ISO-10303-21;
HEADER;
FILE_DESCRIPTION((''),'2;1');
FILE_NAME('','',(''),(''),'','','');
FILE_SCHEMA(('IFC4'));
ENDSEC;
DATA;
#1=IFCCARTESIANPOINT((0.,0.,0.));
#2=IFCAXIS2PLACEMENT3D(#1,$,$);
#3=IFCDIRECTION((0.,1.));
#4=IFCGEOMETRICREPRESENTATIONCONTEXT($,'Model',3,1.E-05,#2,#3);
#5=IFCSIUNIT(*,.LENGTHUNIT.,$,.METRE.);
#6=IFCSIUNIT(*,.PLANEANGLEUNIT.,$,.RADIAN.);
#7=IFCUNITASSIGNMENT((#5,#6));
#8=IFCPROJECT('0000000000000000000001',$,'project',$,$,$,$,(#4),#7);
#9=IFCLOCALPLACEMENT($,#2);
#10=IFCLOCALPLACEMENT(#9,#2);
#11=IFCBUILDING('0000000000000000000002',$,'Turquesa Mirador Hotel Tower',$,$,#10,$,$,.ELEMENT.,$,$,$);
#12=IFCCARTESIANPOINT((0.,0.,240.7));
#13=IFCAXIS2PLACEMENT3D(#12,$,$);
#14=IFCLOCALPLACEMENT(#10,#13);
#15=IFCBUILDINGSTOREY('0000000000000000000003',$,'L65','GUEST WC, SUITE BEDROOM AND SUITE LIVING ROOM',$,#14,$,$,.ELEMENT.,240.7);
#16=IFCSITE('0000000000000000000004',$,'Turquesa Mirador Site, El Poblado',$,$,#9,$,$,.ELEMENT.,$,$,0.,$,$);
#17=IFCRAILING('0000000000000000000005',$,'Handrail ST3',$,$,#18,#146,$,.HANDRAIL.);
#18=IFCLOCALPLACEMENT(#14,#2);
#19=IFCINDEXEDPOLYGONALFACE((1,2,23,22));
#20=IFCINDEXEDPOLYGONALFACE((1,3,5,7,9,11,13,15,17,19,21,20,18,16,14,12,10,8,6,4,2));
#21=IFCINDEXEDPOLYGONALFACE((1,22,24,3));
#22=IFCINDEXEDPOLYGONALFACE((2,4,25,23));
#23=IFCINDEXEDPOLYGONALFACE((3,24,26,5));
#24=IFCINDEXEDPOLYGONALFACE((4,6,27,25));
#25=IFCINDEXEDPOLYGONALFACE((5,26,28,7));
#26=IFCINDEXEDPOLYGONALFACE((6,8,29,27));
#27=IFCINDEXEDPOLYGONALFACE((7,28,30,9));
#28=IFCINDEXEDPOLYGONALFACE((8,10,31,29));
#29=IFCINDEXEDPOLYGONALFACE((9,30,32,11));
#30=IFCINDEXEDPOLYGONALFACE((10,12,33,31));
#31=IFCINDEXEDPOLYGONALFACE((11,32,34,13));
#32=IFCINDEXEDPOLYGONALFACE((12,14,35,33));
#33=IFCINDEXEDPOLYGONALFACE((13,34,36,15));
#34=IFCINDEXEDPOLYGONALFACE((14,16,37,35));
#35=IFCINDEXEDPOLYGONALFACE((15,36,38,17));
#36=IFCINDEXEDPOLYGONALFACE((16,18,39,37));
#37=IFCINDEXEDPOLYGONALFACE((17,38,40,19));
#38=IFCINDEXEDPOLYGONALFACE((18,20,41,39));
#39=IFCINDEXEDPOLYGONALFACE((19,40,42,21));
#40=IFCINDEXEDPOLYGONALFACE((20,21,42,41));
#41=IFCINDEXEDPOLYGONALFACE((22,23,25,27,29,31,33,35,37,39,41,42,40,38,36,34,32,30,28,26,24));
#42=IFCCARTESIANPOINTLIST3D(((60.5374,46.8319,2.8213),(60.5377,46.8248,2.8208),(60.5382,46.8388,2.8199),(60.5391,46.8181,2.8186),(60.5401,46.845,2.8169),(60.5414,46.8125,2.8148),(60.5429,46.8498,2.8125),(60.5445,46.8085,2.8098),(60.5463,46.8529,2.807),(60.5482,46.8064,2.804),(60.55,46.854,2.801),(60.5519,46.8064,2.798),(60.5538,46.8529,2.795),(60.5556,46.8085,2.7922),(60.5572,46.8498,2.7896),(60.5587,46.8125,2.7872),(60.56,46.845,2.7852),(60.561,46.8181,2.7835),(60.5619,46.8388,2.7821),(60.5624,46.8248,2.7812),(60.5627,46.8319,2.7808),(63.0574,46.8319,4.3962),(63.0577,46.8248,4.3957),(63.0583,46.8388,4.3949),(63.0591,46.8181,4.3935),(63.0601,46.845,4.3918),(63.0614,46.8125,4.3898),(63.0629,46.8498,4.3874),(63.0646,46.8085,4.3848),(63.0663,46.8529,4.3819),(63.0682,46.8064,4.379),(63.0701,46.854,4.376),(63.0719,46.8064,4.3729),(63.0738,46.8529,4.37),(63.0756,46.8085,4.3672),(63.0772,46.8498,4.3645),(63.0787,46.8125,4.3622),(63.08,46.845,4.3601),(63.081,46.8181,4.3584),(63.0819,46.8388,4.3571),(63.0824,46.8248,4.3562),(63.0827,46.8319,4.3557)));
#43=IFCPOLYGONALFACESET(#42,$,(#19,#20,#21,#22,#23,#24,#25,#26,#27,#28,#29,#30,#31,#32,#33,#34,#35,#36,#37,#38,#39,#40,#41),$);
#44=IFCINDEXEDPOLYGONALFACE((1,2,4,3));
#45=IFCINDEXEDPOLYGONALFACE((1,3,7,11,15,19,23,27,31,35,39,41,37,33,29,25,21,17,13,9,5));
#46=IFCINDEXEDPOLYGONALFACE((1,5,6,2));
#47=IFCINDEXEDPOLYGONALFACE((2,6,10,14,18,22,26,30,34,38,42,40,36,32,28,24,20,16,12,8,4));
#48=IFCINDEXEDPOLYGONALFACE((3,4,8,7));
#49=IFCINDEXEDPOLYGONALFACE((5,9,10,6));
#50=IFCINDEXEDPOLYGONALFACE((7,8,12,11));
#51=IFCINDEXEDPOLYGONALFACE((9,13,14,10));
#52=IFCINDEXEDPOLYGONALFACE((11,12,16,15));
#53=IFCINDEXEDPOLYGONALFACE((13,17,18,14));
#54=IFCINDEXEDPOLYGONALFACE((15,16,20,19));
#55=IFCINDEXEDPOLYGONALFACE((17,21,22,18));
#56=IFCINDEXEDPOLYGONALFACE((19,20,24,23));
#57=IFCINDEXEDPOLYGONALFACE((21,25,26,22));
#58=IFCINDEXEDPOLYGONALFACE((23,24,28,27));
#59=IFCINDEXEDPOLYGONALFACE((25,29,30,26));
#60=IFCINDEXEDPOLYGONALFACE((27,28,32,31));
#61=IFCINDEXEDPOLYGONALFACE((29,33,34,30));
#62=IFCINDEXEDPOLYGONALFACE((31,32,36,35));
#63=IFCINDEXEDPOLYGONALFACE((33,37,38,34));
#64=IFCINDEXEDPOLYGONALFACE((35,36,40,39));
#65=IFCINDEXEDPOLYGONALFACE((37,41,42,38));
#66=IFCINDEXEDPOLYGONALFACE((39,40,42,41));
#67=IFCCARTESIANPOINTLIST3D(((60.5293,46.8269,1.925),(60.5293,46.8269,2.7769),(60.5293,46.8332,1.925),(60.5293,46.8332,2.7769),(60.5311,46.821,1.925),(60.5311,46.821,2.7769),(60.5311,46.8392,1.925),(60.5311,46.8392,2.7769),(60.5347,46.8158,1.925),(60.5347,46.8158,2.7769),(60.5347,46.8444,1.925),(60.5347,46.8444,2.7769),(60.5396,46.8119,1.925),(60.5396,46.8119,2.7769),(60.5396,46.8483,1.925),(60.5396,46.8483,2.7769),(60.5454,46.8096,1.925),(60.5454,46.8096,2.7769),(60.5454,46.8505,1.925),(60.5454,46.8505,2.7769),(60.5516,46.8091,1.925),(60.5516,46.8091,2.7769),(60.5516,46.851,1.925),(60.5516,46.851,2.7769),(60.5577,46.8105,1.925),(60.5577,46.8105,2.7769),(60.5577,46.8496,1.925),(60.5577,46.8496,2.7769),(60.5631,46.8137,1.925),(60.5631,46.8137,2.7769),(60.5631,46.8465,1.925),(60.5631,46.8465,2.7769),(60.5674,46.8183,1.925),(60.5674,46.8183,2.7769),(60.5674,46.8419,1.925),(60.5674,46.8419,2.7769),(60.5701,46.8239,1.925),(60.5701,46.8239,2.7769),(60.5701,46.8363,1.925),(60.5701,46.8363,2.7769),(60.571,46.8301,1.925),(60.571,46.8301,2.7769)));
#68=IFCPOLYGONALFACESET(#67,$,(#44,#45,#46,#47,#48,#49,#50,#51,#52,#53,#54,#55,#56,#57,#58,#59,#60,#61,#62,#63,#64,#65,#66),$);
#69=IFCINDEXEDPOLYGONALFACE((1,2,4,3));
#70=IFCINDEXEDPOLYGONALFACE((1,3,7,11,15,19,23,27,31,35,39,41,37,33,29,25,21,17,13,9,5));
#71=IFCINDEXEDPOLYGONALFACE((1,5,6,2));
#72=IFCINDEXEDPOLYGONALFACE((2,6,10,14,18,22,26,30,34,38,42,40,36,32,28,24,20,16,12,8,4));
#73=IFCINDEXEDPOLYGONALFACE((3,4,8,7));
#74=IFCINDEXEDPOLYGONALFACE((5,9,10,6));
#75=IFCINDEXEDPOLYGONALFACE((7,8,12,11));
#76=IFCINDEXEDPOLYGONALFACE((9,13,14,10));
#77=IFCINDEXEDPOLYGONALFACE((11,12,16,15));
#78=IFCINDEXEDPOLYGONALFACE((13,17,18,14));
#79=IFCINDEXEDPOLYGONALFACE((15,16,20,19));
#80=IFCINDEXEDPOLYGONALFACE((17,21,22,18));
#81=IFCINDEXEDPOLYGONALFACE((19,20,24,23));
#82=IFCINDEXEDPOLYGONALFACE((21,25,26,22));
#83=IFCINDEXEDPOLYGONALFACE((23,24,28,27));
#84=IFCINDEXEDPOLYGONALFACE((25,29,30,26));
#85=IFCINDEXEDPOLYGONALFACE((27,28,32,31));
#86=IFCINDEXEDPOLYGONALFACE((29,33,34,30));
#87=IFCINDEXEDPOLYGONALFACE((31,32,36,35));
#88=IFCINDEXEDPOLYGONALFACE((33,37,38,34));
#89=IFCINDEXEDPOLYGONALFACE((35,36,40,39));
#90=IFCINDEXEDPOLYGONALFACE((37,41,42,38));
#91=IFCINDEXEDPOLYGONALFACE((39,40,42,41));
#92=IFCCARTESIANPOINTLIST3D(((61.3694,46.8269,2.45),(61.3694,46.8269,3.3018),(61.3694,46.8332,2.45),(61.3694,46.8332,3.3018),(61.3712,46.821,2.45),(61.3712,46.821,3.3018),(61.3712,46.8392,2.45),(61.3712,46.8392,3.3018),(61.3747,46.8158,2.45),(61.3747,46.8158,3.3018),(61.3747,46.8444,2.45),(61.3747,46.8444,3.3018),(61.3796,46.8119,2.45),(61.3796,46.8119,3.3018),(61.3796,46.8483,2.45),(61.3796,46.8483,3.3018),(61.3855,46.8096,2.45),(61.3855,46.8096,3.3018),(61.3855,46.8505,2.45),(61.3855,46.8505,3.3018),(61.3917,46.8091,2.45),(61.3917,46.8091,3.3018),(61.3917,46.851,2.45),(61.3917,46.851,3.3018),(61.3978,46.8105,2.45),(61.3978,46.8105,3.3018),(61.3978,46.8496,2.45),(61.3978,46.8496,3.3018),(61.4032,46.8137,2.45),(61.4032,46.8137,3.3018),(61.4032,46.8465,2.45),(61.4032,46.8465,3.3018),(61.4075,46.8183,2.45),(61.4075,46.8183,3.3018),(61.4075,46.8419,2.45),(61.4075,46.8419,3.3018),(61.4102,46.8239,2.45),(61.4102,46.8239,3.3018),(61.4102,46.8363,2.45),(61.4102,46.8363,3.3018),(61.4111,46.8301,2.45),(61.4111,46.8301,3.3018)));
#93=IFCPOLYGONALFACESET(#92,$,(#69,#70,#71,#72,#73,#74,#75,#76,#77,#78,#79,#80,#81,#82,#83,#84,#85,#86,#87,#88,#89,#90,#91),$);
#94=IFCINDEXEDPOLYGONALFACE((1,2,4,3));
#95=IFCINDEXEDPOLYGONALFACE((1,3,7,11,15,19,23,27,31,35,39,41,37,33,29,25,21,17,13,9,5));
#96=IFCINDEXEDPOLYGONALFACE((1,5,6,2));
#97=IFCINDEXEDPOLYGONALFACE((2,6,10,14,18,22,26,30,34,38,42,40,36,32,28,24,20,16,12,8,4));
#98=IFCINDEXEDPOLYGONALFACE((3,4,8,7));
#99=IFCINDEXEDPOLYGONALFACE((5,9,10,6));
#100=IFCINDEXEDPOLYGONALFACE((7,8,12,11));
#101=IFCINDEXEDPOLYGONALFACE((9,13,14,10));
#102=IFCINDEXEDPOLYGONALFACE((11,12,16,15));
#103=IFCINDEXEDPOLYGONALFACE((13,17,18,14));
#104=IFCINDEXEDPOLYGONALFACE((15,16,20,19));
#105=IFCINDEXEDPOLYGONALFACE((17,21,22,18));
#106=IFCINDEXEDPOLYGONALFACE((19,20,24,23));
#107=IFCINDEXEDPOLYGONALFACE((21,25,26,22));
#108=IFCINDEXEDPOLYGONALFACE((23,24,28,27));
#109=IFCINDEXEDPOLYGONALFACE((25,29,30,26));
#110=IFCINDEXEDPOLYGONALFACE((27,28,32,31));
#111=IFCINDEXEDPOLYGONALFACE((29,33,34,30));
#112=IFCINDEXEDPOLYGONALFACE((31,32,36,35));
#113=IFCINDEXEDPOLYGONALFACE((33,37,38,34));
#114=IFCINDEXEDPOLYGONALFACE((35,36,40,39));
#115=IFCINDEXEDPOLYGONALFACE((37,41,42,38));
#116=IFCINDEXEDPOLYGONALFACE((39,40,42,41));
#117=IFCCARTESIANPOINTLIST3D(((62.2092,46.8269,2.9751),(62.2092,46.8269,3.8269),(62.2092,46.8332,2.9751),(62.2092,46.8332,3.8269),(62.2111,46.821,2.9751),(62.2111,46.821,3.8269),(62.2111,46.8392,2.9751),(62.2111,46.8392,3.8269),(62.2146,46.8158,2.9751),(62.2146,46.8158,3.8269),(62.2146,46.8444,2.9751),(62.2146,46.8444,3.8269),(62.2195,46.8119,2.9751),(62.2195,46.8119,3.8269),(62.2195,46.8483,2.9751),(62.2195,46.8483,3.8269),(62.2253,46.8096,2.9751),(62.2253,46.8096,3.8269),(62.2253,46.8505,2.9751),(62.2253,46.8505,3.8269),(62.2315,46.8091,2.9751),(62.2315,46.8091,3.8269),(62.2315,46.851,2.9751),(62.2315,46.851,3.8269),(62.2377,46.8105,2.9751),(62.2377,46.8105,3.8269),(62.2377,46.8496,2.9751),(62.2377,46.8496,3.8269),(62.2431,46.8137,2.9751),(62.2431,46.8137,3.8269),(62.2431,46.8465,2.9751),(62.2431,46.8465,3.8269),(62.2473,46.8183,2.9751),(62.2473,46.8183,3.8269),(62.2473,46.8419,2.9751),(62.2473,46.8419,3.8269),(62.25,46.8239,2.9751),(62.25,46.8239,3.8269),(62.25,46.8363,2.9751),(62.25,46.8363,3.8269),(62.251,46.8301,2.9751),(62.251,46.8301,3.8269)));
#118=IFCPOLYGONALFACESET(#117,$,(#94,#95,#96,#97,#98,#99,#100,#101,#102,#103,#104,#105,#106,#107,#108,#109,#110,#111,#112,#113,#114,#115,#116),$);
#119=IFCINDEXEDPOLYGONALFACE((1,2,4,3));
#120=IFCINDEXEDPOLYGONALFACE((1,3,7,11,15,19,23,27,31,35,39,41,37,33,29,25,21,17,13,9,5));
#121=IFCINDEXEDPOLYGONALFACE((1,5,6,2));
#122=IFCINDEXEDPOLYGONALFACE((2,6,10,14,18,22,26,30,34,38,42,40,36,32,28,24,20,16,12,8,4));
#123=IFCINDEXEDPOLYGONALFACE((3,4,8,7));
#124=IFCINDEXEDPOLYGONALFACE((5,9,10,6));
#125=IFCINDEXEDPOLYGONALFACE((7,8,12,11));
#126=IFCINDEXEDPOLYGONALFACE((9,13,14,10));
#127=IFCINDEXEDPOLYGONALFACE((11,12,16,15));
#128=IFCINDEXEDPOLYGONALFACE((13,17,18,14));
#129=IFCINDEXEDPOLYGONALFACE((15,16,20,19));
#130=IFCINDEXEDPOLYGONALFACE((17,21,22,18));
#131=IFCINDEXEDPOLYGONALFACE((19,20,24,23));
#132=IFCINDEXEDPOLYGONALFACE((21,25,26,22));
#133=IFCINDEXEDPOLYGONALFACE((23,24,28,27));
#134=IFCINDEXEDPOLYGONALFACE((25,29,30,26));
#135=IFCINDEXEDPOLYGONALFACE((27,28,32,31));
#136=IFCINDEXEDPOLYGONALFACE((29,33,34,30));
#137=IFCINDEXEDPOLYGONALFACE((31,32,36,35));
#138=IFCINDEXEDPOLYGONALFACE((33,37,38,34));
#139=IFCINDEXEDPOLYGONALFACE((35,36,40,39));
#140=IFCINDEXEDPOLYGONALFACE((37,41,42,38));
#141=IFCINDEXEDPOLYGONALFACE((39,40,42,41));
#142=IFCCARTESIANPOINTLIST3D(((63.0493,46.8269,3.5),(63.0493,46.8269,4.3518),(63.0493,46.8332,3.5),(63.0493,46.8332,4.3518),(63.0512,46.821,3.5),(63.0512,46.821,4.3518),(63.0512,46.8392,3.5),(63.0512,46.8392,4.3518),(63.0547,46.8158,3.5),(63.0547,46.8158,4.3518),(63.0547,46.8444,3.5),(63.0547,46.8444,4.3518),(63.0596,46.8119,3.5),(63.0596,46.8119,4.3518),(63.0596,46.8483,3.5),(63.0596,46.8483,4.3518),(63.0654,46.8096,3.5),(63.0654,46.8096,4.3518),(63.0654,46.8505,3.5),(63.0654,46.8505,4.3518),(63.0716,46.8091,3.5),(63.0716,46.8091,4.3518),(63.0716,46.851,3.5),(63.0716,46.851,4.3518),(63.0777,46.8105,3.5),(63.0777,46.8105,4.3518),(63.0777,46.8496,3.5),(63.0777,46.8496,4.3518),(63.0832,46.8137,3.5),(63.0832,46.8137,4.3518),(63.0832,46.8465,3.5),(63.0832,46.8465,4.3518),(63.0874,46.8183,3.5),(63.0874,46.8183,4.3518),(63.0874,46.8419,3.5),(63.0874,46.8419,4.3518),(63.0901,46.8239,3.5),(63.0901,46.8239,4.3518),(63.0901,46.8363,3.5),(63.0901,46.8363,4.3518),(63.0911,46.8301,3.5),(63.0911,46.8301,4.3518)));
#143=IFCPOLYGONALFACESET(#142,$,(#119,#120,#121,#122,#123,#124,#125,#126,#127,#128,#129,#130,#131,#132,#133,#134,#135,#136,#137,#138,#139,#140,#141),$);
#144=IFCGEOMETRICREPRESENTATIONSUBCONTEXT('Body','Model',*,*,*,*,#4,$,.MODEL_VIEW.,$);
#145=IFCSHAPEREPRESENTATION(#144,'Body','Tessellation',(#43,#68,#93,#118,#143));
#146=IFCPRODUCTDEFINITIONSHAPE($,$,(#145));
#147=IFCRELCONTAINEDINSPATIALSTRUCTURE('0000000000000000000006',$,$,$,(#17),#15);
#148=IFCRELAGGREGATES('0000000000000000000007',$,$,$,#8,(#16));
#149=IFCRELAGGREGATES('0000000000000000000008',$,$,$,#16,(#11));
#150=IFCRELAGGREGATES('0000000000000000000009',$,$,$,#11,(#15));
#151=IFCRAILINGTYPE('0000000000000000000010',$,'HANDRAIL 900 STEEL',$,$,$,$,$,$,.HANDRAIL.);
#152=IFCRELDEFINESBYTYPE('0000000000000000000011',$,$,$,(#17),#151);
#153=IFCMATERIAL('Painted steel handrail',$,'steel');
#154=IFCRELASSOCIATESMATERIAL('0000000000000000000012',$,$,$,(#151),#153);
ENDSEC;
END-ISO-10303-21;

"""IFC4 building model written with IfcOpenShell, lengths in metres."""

from ifc_helpers import new_model, si_unit, direction, frame, origin, origin_2d, place, context, subcontext, project, spatial, circle, extrude, material, type_object, element, save


model = new_model("IFC4")

# Units and contexts
model_context = context("Model", 3, precision=1e-05, world=origin(), true_north=direction((0.0, 1.0)))
body_context = subcontext(model_context, "Body", "Model", "MODEL_VIEW")
ifc_project = project(units=[si_unit("LENGTHUNIT", "METRE"), si_unit("PLANEANGLEUNIT", "RADIAN")], contexts=[model_context])

# Site, building, storey
site_placement = place(None, origin())
site = spatial("IfcSite", under=ifc_project, at=site_placement, Name="Turquesa Mirador Site, El Poblado", CompositionType="ELEMENT", RefElevation=0.0)
building_placement = place(site_placement, origin())
building = spatial("IfcBuilding", under=site, at=building_placement, Name="Turquesa Mirador Hotel Tower", CompositionType="ELEMENT")
storey_placement = place(building_placement, frame((0.0, 0.0, 240.7)))
storey = spatial("IfcBuildingStorey", under=building, at=storey_placement, Name="L65", Description="GUEST WC, SUITE BEDROOM AND SUITE LIVING ROOM", CompositionType="ELEMENT", Elevation=240.7)

# Railing
ifc_material_1 = material(Name="Painted steel handrail", Category="steel")
railing_type = type_object("IfcRailingType", Name="HANDRAIL 900 STEEL", PredefinedType="HANDRAIL", material=ifc_material_1)
railing_1_placement = place(storey_placement, frame((60.55, 46.8301, 1.925)))
element("IfcRailing", 1, at=railing_1_placement, inside=storey, type_object=railing_type, Name="Handrail ST3", PredefinedType="HANDRAIL", context=body_context, shape_type="SweptSolid", body=[
    extrude(circle(Radius=0.0239, at=origin_2d()), frame((0.0, 0.0, 0.876), z_axis=(0.848008, 0.0, 0.529984), x_axis=(0.0, 1.0, 0.0)), (0.0, 0.0, 1.0), 2.9717),
    extrude(circle(Radius=0.021, at=origin_2d()), origin(), (0.0, 0.0, 1.0), 0.8518),
    extrude(circle(Radius=0.021, at=origin_2d()), frame((0.8401, 0.0, 0.5249)), (0.0, 0.0, 1.0), 0.8518),
    extrude(circle(Radius=0.021, at=origin_2d()), frame((1.6799, 0.0, 1.05)), (0.0, 0.0, 1.0), 0.8518),
    extrude(circle(Radius=0.021, at=origin_2d()), frame((2.52, 0.0, 1.575)), (0.0, 0.0, 1.0), 0.8518),
])

save(model, "model.ifc")
